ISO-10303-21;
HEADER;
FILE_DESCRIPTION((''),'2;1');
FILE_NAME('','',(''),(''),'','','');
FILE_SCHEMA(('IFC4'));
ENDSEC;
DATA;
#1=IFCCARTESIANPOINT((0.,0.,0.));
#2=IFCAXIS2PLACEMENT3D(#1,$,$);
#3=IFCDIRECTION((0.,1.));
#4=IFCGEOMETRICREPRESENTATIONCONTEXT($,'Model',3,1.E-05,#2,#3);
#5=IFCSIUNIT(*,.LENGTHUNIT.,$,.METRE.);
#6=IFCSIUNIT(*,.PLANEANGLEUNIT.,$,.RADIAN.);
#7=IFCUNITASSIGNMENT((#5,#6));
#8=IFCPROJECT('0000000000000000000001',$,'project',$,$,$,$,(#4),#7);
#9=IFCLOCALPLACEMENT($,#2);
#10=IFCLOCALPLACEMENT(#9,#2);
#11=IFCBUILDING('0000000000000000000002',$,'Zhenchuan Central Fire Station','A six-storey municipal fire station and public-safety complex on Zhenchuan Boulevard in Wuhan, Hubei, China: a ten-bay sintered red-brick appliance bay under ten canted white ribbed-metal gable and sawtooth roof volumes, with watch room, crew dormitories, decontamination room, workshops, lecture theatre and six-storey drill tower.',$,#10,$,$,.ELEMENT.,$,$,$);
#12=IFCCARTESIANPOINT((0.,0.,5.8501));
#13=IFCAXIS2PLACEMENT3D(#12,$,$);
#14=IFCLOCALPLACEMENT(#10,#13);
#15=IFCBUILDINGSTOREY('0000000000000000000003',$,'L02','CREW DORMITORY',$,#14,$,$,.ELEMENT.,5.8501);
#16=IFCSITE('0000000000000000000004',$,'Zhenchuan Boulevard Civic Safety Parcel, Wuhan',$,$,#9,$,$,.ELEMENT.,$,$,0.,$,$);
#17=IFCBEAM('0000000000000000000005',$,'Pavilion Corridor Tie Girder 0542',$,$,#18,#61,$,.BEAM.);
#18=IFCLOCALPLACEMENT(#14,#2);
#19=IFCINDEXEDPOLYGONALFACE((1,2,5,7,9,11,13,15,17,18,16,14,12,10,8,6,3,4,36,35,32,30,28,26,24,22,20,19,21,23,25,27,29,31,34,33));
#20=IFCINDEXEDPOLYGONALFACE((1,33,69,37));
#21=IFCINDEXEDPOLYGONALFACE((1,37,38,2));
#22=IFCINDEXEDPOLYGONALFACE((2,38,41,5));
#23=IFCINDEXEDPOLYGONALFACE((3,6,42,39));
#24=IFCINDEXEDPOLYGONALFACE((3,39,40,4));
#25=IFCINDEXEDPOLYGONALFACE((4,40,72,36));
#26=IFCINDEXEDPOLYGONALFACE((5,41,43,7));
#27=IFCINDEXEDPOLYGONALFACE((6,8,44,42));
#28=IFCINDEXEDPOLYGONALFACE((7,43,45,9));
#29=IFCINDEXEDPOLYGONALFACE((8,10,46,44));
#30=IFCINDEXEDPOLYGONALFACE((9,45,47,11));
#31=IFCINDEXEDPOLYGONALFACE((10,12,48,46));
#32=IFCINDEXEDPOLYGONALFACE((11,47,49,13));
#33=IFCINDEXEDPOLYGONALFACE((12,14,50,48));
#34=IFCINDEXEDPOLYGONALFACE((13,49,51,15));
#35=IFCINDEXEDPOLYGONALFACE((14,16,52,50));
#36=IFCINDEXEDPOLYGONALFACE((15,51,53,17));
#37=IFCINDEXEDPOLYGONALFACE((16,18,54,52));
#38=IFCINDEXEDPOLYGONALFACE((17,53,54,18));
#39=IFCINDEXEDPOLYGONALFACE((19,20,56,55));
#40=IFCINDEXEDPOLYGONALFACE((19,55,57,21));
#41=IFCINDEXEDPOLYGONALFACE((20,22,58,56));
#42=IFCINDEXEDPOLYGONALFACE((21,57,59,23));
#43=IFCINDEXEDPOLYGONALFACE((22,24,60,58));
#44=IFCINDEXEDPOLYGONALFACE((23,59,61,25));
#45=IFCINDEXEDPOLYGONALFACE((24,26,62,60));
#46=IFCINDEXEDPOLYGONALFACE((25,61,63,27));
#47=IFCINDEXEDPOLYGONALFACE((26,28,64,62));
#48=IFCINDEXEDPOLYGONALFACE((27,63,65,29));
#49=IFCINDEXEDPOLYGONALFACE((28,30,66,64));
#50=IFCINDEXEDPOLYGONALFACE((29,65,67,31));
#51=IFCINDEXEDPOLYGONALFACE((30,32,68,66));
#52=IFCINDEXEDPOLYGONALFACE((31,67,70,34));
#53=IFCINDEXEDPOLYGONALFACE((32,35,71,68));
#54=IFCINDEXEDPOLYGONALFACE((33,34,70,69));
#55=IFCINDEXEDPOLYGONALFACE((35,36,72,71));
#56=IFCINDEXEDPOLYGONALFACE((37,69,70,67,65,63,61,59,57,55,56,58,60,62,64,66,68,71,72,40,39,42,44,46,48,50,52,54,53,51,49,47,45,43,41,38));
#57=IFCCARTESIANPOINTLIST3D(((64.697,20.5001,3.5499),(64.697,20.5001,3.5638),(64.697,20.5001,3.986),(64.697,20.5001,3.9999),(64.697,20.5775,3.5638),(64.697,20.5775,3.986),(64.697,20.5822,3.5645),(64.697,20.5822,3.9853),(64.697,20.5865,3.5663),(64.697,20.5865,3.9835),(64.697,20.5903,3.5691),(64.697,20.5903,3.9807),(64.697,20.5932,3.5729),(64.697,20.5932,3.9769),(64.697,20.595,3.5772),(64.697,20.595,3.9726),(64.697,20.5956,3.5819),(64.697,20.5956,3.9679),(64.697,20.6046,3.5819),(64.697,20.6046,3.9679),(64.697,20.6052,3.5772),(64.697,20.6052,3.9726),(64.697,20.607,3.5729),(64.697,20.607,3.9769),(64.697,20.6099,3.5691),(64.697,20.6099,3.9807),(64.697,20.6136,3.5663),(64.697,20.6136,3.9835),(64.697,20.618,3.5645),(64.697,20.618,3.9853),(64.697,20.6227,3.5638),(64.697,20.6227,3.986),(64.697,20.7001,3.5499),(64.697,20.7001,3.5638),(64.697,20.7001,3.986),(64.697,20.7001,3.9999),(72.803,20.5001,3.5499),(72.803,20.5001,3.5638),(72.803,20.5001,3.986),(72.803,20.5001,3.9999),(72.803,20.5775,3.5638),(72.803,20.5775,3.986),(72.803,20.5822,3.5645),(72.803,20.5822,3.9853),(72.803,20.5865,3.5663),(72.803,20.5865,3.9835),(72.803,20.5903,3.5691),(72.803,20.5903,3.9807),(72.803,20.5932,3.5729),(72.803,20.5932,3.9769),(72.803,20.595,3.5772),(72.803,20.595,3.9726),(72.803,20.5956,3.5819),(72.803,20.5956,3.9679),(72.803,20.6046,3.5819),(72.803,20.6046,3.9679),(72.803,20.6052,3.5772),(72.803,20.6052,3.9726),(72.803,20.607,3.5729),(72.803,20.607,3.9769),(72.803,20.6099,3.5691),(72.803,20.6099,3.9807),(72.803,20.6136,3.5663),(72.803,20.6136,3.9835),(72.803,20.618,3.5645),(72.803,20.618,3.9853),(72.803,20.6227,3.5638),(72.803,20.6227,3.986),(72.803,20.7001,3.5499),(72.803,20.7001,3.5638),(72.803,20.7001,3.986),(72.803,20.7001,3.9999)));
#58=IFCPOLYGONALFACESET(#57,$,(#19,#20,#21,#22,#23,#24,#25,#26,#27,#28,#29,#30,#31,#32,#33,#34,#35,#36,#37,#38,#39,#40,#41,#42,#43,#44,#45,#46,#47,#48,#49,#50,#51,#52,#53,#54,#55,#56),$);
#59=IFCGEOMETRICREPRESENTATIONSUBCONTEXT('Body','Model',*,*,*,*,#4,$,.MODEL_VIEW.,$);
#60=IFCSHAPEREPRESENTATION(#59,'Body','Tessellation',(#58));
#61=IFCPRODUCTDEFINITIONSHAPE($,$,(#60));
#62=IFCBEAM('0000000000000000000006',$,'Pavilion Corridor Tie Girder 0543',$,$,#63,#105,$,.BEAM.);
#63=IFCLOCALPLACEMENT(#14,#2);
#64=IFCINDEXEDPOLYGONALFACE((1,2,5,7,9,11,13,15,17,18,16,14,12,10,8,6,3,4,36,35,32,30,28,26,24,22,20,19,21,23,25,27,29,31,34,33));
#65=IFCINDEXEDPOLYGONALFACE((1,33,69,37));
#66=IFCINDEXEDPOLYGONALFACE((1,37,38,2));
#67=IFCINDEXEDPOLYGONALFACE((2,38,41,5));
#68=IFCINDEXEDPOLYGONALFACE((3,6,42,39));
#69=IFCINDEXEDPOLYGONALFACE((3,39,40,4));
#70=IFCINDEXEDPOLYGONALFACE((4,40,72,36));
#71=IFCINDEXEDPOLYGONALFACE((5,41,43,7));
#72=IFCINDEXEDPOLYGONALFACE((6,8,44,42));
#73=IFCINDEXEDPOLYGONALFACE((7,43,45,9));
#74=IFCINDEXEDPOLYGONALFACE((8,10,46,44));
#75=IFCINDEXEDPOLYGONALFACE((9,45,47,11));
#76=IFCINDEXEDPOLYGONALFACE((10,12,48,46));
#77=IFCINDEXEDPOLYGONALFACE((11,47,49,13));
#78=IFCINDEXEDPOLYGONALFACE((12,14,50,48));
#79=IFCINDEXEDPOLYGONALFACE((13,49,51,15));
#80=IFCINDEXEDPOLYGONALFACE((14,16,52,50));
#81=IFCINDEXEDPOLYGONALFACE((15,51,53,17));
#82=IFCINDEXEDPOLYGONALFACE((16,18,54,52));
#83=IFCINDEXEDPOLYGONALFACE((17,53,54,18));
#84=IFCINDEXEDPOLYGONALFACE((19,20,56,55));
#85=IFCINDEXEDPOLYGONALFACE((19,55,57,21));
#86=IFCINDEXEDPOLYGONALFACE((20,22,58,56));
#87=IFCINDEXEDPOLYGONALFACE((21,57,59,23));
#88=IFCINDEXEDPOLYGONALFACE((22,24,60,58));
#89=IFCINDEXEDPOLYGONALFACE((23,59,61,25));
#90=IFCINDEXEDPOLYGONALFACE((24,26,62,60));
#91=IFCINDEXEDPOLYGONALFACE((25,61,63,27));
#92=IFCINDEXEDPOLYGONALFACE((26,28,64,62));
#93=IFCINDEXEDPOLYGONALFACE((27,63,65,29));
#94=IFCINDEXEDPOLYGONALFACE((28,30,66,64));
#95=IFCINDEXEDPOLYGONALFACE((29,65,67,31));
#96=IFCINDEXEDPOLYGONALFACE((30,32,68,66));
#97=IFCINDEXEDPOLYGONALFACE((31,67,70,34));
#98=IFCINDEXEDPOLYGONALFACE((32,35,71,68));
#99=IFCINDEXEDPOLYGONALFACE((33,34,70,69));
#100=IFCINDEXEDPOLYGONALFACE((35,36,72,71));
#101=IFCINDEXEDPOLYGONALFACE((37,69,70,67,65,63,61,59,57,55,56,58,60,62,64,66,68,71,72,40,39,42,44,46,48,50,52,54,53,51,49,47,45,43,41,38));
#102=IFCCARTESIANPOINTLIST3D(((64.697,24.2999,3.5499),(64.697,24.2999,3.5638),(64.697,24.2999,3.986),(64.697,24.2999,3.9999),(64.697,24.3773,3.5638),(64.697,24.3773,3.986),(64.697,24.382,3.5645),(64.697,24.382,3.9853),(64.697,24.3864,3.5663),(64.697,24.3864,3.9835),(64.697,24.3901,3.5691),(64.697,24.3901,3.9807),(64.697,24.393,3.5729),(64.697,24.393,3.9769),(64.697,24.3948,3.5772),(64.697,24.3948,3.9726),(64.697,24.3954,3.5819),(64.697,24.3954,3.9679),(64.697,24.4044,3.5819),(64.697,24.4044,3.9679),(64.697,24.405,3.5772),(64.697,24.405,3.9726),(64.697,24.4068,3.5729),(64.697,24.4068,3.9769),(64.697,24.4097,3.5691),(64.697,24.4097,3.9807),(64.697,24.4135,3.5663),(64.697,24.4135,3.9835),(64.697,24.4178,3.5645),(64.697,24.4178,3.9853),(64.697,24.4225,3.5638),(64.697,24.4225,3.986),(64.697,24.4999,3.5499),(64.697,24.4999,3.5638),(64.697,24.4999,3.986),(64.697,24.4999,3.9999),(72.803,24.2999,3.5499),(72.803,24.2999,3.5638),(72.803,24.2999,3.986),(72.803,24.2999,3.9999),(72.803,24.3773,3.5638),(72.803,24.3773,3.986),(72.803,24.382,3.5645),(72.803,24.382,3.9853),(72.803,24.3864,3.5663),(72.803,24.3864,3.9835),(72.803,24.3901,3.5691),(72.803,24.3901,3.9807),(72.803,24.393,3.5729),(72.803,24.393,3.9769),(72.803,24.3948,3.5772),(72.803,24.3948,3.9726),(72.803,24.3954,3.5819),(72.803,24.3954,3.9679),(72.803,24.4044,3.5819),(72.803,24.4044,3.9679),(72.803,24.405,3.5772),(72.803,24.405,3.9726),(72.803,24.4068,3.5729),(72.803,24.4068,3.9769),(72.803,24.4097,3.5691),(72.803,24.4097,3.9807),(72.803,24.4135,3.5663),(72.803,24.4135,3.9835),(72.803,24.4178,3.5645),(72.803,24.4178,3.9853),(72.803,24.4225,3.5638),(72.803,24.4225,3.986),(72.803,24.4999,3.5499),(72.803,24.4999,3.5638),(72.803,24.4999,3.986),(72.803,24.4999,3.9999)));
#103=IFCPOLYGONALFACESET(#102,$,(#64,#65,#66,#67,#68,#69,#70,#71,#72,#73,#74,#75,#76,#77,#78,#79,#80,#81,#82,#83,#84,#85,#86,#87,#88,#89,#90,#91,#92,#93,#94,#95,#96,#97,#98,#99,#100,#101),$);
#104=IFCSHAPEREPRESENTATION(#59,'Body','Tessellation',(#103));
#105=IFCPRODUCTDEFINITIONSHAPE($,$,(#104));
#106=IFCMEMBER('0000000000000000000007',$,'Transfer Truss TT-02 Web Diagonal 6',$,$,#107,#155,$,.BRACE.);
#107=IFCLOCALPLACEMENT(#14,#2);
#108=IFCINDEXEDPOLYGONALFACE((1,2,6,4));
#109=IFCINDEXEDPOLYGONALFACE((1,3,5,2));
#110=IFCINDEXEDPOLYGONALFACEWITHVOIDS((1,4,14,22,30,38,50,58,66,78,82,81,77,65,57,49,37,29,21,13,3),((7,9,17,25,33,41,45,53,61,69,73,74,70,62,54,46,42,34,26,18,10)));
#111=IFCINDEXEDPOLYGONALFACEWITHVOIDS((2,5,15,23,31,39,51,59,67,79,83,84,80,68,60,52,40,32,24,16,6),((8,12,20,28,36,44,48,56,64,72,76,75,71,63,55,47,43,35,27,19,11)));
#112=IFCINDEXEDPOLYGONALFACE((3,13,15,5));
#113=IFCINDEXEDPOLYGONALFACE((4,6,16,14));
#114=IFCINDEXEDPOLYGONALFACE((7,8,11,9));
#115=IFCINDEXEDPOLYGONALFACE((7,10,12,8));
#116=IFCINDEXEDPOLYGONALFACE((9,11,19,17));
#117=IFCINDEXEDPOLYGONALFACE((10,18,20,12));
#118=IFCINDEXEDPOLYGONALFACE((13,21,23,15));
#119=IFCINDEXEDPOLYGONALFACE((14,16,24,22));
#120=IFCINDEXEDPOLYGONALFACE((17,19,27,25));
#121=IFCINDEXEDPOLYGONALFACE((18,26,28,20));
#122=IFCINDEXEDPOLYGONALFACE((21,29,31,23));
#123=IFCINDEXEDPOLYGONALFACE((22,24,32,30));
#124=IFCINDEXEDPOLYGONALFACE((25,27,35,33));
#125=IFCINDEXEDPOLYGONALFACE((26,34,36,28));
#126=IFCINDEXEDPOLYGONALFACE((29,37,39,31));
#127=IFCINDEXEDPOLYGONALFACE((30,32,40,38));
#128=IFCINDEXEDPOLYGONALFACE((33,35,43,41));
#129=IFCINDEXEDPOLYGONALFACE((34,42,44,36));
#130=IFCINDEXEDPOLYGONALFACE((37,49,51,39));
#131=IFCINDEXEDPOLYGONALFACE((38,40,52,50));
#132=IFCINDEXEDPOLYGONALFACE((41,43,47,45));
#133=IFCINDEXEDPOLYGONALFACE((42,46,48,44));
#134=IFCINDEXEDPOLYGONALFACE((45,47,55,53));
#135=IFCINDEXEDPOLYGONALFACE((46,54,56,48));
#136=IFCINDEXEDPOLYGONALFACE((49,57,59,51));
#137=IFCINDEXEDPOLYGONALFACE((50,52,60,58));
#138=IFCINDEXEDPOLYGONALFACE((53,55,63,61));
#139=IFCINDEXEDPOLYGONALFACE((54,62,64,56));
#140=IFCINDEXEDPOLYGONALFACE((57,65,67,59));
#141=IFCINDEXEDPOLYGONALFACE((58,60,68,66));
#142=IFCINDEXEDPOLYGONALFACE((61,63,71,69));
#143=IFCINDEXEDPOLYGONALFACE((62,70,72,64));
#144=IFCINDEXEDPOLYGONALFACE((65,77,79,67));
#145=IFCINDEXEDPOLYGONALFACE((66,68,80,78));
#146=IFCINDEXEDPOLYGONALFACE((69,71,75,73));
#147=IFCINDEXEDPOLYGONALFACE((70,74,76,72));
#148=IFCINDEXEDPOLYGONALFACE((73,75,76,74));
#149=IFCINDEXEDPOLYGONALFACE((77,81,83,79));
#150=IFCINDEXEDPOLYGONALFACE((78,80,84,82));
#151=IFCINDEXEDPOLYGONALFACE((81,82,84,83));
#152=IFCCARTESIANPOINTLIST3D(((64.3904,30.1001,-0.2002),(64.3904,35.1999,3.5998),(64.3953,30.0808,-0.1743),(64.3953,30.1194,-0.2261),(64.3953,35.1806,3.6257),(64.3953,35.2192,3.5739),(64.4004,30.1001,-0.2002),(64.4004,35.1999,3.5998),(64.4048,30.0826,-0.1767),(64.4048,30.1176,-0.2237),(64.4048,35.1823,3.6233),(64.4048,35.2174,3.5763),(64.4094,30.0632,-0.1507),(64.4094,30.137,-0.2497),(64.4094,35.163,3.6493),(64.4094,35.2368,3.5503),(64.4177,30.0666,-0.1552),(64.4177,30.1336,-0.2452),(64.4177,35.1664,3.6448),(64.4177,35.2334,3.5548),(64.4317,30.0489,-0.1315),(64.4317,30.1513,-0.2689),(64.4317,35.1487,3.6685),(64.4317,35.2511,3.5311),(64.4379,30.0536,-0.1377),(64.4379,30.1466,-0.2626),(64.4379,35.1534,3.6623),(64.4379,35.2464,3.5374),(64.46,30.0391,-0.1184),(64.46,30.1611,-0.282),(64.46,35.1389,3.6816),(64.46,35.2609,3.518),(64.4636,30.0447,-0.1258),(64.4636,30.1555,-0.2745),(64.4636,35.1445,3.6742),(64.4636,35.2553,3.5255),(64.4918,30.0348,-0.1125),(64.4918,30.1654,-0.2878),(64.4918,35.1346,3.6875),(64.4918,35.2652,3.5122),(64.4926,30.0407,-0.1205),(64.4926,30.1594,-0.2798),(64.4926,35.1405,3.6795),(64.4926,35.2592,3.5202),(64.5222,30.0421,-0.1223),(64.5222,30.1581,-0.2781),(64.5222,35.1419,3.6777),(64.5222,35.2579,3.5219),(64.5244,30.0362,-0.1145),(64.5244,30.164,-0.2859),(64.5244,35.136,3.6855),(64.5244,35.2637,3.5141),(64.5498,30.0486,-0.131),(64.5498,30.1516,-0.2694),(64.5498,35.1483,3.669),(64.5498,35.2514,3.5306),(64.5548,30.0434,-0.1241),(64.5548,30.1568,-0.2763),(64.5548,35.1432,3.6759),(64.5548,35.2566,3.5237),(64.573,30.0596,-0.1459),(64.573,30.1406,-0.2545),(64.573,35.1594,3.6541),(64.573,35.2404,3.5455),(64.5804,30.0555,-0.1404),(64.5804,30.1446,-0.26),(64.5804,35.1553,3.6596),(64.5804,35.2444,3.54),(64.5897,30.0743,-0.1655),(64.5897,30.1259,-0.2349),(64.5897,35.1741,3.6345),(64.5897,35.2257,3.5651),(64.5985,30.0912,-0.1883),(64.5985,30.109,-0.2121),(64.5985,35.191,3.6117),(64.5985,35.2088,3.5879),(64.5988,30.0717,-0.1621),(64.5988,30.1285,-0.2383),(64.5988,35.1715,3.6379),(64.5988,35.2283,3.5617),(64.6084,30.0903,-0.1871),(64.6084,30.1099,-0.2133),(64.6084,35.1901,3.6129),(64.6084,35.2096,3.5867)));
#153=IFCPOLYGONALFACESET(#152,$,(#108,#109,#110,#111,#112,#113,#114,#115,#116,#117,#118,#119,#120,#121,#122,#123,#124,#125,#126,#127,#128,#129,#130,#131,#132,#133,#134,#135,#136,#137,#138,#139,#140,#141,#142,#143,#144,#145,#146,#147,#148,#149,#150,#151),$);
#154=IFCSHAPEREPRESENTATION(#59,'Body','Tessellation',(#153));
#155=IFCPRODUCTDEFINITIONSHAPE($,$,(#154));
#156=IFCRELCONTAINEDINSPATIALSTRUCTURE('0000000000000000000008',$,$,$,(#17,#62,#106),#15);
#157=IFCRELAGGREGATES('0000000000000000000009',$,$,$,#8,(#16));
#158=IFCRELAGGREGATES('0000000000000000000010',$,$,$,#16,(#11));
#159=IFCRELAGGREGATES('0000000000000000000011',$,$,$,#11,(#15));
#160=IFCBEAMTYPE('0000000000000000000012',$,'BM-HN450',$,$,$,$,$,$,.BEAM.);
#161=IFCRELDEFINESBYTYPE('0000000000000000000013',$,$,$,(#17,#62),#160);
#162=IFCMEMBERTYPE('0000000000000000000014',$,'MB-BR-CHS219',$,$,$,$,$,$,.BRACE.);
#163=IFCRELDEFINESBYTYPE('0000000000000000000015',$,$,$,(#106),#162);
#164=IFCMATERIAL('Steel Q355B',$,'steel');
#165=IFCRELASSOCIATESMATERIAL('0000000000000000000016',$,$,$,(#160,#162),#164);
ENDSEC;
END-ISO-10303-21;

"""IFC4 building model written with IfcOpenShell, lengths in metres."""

from ifc_helpers import new_model, si_unit, direction, frame, origin, origin_2d, place, context, subcontext, project, spatial, hollow_circle, i_section, extrude, material, material_profile, profile_set, type_object, element, save


model = new_model("IFC4")

# Units and contexts
model_context = context("Model", 3, precision=1e-05, world=origin(), true_north=direction((0.0, 1.0)))
body_context = subcontext(model_context, "Body", "Model", "MODEL_VIEW")
ifc_project = project(units=[si_unit("LENGTHUNIT", "METRE"), si_unit("PLANEANGLEUNIT", "RADIAN")], contexts=[model_context])

# Site, building, storey
site_placement = place(None, origin())
site = spatial("IfcSite", under=ifc_project, at=site_placement, Name="Zhenchuan Boulevard Civic Safety Parcel, Wuhan", CompositionType="ELEMENT", RefElevation=0.0)
building_placement = place(site_placement, origin())
building = spatial("IfcBuilding", under=site, at=building_placement, Name="Zhenchuan Central Fire Station", Description="A six-storey municipal fire station and public-safety complex on Zhenchuan Boulevard in Wuhan, Hubei, China: a ten-bay sintered red-brick appliance bay under ten canted white ribbed-metal gable and sawtooth roof volumes, with watch room, crew dormitories, decontamination room, workshops, lecture theatre and six-storey drill tower.", CompositionType="ELEMENT")
storey_placement = place(building_placement, frame((0.0, 0.0, 5.8501)))
storey = spatial("IfcBuildingStorey", under=building, at=storey_placement, Name="L02", Description="CREW DORMITORY", CompositionType="ELEMENT", Elevation=5.8501)

# Beams
ifc_material_1 = material(Name="Steel Q355B", Category="steel")
ifc_material_profile_1 = material_profile(ifc_material_1, i_section(OverallWidth=0.2, OverallDepth=0.45, WebThickness=0.009, FlangeThickness=0.0139, FilletRadius=0.0181, at=origin_2d()), Name="HN 450x200")
ifc_profile_set_1 = profile_set([ifc_material_profile_1], Name="Steel Q355B")
beam_type = type_object("IfcBeamType", Name="BM-HN450", PredefinedType="BEAM", material=ifc_profile_set_1)
for number, where, z_axis, x_axis, name in (
    (1, (64.697, 20.6001, 3.7749), (1.0, 0.0, 0.0), (0.0, 1.0, 0.0), "Pavilion Corridor Tie Girder 0542"),
    (2, (64.697, 24.3999, 3.7749), (1.0, 0.0, 0.0), (0.0, 1.0, 0.0), "Pavilion Corridor Tie Girder 0543"),
):
    element("IfcBeam", number, at=place(storey_placement, frame(where, z_axis=z_axis, x_axis=x_axis)), inside=storey, type_object=beam_type, Name=name, PredefinedType="BEAM", context=body_context, shape_type="SweptSolid", body=[
        extrude(i_section(OverallWidth=0.2, OverallDepth=0.45, WebThickness=0.009, FlangeThickness=0.0139, FilletRadius=0.0181, at=origin_2d()), origin(), (0.0, 0.0, 1.0), 8.106),
    ])

# Member
ifc_material_profile_2 = material_profile(ifc_material_1, hollow_circle(Radius=0.1096, WallThickness=0.01, at=origin_2d()), Name="CHS 219.1x10")
ifc_profile_set_2 = profile_set([ifc_material_profile_2], Name="Steel Q355B")
member_type_1 = type_object("IfcMemberType", Name="MB-BR-CHS219", PredefinedType="BRACE", material=ifc_profile_set_2)
member_1_placement = place(storey_placement, frame((64.5, 30.1001, -0.2002), z_axis=(0.0, 0.801871, 0.597497), x_axis=(-1.0, 0.0, 0.0)))
element("IfcMember", 3, at=member_1_placement, inside=storey, type_object=member_type_1, Name="Transfer Truss TT-02 Web Diagonal 6", PredefinedType="BRACE", context=body_context, shape_type="SweptSolid", body=[
    extrude(hollow_circle(Radius=0.1096, WallThickness=0.01, at=origin_2d()), origin(), (0.0, 0.0, 1.0), 6.3599),
])

save(model, "model.ifc")
